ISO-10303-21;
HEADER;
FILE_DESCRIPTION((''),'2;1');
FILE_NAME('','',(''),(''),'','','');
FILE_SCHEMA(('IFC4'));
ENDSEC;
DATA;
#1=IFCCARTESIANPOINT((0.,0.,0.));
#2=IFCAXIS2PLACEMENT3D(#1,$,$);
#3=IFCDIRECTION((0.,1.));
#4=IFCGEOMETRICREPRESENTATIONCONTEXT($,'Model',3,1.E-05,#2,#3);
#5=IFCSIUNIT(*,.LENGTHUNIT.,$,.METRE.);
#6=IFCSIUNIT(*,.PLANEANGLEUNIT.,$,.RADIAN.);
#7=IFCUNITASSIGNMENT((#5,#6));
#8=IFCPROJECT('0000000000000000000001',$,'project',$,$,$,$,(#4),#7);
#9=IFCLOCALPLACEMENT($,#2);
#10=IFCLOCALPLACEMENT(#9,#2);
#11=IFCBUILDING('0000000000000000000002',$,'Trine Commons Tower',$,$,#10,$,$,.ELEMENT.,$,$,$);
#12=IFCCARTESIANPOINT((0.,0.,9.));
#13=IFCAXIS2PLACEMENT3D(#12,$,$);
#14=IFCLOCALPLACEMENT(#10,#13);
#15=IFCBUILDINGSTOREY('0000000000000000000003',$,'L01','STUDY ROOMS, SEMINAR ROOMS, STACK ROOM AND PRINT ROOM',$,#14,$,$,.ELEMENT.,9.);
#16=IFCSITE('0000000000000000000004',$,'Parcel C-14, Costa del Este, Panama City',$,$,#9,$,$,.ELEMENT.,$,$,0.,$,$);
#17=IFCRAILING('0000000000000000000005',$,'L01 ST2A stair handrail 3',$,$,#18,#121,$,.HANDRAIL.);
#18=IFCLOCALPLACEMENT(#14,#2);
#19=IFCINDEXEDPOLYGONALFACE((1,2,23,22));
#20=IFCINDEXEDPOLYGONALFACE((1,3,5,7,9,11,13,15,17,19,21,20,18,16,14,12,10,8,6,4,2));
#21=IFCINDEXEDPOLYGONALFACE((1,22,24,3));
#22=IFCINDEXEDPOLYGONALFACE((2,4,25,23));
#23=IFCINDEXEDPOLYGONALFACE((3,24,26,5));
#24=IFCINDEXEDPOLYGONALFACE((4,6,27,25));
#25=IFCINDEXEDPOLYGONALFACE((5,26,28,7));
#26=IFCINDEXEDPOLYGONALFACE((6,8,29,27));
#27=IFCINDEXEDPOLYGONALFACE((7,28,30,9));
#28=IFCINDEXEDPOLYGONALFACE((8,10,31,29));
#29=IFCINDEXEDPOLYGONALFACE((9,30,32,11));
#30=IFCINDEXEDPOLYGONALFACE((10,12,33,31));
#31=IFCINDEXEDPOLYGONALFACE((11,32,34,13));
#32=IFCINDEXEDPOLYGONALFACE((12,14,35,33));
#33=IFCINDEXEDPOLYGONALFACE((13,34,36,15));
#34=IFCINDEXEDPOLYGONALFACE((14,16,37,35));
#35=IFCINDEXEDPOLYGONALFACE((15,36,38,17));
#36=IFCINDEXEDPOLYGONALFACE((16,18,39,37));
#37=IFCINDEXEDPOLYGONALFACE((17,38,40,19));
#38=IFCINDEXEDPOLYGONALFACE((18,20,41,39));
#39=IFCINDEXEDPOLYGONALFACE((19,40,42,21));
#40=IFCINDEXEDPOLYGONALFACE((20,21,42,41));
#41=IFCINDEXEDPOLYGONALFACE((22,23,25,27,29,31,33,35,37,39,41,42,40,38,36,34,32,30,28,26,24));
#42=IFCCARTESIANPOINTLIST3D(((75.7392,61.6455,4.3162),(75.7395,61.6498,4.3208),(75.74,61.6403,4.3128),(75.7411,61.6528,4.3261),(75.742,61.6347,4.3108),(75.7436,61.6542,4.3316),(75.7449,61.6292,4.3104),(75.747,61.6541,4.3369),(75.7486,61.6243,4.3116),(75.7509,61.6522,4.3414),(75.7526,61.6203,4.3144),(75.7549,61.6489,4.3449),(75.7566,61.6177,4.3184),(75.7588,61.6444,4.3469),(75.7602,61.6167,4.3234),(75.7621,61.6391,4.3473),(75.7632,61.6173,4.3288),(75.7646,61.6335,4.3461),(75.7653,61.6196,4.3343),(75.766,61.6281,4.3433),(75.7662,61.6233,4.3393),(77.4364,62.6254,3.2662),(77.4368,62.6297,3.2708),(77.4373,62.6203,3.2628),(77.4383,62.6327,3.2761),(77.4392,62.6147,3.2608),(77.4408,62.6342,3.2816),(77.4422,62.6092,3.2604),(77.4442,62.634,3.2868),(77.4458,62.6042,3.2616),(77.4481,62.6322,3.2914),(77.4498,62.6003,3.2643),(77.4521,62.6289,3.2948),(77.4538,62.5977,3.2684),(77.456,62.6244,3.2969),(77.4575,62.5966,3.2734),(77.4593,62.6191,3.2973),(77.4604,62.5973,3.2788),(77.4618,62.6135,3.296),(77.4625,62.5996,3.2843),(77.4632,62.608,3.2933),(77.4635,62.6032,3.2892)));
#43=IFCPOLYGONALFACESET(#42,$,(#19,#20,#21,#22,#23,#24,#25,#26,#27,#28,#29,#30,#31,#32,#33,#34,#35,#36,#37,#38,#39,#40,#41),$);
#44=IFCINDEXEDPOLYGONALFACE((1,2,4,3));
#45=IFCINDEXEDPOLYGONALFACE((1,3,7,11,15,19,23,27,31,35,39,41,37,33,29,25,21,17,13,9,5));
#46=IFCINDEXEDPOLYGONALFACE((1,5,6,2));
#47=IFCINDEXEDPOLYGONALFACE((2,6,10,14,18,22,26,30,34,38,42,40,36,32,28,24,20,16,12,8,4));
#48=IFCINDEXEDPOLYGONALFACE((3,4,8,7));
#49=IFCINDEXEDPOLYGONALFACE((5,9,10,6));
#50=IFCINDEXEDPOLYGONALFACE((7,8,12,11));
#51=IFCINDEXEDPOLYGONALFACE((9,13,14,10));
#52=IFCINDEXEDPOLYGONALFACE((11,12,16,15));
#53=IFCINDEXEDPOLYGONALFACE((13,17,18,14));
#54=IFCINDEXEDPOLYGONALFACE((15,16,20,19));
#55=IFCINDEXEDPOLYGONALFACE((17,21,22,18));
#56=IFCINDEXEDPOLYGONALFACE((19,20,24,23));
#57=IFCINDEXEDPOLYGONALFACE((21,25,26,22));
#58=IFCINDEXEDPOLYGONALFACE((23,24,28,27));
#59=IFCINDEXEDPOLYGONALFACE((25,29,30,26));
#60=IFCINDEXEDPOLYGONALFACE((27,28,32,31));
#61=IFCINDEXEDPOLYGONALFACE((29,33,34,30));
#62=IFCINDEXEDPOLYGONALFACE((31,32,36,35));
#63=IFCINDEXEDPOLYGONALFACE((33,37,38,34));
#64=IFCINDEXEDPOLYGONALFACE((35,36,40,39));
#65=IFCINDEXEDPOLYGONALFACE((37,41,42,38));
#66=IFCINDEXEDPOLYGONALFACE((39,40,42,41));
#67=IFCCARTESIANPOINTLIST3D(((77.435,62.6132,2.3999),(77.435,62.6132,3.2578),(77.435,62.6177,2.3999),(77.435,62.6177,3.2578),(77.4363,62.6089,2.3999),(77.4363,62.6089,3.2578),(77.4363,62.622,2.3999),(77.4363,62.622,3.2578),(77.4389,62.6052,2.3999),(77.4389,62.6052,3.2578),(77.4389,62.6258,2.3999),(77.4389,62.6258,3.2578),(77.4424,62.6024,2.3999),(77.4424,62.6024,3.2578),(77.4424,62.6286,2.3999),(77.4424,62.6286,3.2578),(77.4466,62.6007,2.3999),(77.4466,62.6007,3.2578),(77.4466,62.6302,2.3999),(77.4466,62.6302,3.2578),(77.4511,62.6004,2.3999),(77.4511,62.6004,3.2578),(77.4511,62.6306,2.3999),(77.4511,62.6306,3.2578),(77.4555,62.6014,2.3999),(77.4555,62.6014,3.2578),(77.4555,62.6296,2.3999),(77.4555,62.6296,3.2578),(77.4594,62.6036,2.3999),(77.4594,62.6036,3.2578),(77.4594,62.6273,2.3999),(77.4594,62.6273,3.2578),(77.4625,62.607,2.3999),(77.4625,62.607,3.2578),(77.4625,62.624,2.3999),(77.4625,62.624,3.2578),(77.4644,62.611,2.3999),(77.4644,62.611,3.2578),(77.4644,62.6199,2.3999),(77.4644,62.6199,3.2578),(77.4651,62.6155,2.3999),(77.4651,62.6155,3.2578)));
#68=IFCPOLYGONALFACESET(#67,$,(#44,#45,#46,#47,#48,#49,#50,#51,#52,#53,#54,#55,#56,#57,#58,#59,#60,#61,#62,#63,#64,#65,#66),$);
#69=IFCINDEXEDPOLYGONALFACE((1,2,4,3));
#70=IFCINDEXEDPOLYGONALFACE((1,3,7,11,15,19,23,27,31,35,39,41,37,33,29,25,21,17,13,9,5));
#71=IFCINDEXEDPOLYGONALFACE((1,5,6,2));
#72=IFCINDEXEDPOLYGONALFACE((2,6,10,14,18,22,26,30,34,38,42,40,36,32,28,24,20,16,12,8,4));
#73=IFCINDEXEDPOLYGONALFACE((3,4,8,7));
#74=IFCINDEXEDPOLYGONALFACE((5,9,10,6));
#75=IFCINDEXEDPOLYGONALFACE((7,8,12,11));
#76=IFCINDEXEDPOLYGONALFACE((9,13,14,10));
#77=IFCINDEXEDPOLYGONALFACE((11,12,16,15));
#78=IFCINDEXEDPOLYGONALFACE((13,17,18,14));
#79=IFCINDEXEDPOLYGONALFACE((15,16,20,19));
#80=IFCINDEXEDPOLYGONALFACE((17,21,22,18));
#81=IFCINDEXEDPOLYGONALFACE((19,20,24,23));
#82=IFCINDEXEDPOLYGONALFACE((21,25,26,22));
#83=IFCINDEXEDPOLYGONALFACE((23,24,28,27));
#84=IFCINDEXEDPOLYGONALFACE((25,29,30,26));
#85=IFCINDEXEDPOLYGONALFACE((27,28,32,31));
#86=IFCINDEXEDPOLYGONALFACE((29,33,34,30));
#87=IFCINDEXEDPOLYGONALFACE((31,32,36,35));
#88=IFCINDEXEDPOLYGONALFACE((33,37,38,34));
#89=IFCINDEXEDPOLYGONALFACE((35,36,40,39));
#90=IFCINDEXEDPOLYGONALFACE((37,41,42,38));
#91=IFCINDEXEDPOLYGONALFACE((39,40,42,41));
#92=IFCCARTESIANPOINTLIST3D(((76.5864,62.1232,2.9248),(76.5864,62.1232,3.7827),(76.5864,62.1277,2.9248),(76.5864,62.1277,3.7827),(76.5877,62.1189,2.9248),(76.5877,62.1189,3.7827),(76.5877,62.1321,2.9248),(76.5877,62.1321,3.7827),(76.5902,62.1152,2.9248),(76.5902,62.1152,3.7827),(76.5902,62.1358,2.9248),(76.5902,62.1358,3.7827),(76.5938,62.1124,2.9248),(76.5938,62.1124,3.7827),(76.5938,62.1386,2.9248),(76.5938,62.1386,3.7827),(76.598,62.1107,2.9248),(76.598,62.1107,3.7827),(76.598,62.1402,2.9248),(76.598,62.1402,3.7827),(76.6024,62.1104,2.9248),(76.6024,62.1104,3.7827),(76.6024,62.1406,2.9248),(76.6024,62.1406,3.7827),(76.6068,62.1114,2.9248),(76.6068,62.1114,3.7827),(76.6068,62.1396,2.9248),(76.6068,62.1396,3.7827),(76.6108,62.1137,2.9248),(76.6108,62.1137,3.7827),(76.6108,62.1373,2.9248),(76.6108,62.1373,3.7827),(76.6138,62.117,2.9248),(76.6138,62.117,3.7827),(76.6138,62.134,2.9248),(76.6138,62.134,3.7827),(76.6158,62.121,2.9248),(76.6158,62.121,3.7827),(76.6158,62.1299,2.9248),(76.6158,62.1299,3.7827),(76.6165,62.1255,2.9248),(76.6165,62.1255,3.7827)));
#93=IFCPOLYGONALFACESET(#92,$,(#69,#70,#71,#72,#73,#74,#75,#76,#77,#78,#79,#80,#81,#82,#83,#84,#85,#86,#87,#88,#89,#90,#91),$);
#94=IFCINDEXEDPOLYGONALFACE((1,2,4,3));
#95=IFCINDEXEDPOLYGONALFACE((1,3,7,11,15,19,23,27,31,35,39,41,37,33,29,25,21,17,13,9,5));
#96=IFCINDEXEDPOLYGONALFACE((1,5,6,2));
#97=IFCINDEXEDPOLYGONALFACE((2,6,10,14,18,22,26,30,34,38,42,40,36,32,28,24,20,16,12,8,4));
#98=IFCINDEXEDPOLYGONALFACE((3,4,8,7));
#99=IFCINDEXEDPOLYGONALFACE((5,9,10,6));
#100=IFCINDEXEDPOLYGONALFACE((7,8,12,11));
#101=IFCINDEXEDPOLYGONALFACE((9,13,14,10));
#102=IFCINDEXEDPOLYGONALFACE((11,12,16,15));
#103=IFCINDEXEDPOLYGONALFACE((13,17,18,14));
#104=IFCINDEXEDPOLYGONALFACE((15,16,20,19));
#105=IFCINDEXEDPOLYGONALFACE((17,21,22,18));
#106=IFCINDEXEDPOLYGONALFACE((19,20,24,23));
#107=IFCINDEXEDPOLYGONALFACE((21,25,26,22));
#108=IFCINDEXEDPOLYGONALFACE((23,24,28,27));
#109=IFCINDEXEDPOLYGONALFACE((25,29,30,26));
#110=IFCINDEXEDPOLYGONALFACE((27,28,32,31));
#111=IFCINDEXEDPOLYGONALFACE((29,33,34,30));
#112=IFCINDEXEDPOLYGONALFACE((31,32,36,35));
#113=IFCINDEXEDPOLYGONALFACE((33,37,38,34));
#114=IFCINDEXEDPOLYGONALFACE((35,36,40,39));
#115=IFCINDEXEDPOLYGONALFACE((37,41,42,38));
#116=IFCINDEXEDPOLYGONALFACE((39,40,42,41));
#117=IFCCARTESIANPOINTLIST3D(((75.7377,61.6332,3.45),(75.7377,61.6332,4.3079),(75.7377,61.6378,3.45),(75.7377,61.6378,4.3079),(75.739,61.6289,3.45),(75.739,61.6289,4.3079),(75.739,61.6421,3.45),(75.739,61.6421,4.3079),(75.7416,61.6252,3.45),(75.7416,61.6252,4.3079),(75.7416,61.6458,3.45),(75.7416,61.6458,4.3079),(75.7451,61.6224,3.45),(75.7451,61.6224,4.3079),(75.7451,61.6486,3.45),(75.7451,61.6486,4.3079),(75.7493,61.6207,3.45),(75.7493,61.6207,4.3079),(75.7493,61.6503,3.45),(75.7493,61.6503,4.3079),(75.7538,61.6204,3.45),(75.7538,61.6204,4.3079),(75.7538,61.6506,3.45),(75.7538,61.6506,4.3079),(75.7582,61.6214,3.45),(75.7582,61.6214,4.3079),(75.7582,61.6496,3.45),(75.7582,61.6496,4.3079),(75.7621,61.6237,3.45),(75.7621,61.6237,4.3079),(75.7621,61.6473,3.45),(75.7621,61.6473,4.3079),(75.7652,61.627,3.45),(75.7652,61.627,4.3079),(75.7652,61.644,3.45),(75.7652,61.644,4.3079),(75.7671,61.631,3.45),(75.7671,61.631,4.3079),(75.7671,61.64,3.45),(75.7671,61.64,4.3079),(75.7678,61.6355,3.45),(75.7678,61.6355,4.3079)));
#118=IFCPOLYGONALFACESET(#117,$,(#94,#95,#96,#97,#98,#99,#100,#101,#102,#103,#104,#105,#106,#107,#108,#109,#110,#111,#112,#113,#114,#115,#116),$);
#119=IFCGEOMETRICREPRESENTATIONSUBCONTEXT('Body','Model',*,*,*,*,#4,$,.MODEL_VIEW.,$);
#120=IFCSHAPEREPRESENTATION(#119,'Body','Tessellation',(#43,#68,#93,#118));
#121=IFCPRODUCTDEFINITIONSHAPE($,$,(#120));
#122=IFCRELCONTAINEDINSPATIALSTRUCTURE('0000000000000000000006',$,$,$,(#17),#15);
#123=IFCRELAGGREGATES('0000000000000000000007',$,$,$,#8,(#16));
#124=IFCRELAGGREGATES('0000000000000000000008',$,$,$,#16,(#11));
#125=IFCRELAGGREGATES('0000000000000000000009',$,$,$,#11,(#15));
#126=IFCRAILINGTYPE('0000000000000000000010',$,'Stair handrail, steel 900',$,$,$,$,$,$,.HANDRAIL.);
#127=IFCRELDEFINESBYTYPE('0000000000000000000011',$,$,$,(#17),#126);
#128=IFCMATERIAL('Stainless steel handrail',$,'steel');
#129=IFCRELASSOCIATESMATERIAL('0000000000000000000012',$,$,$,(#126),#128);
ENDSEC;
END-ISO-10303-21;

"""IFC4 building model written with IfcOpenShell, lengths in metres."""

from ifc_helpers import new_model, si_unit, direction, frame, origin, origin_2d, place, context, subcontext, project, spatial, circle, extrude, material, type_object, element, save


model = new_model("IFC4")

# Units and contexts
model_context = context("Model", 3, precision=1e-05, world=origin(), true_north=direction((0.0, 1.0)))
body_context = subcontext(model_context, "Body", "Model", "MODEL_VIEW")
ifc_project = project(units=[si_unit("LENGTHUNIT", "METRE"), si_unit("PLANEANGLEUNIT", "RADIAN")], contexts=[model_context])

# Site, building, storey
site_placement = place(None, origin())
site = spatial("IfcSite", under=ifc_project, at=site_placement, Name="Parcel C-14, Costa del Este, Panama City", CompositionType="ELEMENT", RefElevation=0.0)
building_placement = place(site_placement, origin())
building = spatial("IfcBuilding", under=site, at=building_placement, Name="Trine Commons Tower", CompositionType="ELEMENT")
storey_placement = place(building_placement, frame((0.0, 0.0, 9.0)))
storey = spatial("IfcBuildingStorey", under=building, at=storey_placement, Name="L01", Description="STUDY ROOMS, SEMINAR ROOMS, STACK ROOM AND PRINT ROOM", CompositionType="ELEMENT", Elevation=9.0)

# Railing
ifc_material_1 = material(Name="Stainless steel handrail", Category="steel")
railing_type_1 = type_object("IfcRailingType", Name="Stair handrail, steel 900", PredefinedType="HANDRAIL", material=ifc_material_1)
railing_1_placement = place(storey_placement, frame((77.45, 62.6155, 2.3999)))
element("IfcRailing", 1, at=railing_1_placement, inside=storey, type_object=railing_type_1, Name="L01 ST2A stair handrail 3", PredefinedType="HANDRAIL", context=body_context, shape_type="SweptSolid", body=[
    extrude(circle(Radius=0.021, at=origin_2d()), frame((0.0, 0.0, 0.8789), z_axis=(-0.763352, -0.44075, 0.472264), x_axis=(0.500024, -0.866011, 0.0)), (0.0, 0.0, 1.0), 2.2234),
    extrude(circle(Radius=0.0151, at=origin_2d()), origin(), (0.0, 0.0, 1.0), 0.8579),
    extrude(circle(Radius=0.0151, at=origin_2d()), frame((-0.8486, -0.49, 0.5249)), (0.0, 0.0, 1.0), 0.8579),
    extrude(circle(Radius=0.0151, at=origin_2d()), frame((-1.6973, -0.98, 1.05)), (0.0, 0.0, 1.0), 0.8579),
])

save(model, "model.ifc")
